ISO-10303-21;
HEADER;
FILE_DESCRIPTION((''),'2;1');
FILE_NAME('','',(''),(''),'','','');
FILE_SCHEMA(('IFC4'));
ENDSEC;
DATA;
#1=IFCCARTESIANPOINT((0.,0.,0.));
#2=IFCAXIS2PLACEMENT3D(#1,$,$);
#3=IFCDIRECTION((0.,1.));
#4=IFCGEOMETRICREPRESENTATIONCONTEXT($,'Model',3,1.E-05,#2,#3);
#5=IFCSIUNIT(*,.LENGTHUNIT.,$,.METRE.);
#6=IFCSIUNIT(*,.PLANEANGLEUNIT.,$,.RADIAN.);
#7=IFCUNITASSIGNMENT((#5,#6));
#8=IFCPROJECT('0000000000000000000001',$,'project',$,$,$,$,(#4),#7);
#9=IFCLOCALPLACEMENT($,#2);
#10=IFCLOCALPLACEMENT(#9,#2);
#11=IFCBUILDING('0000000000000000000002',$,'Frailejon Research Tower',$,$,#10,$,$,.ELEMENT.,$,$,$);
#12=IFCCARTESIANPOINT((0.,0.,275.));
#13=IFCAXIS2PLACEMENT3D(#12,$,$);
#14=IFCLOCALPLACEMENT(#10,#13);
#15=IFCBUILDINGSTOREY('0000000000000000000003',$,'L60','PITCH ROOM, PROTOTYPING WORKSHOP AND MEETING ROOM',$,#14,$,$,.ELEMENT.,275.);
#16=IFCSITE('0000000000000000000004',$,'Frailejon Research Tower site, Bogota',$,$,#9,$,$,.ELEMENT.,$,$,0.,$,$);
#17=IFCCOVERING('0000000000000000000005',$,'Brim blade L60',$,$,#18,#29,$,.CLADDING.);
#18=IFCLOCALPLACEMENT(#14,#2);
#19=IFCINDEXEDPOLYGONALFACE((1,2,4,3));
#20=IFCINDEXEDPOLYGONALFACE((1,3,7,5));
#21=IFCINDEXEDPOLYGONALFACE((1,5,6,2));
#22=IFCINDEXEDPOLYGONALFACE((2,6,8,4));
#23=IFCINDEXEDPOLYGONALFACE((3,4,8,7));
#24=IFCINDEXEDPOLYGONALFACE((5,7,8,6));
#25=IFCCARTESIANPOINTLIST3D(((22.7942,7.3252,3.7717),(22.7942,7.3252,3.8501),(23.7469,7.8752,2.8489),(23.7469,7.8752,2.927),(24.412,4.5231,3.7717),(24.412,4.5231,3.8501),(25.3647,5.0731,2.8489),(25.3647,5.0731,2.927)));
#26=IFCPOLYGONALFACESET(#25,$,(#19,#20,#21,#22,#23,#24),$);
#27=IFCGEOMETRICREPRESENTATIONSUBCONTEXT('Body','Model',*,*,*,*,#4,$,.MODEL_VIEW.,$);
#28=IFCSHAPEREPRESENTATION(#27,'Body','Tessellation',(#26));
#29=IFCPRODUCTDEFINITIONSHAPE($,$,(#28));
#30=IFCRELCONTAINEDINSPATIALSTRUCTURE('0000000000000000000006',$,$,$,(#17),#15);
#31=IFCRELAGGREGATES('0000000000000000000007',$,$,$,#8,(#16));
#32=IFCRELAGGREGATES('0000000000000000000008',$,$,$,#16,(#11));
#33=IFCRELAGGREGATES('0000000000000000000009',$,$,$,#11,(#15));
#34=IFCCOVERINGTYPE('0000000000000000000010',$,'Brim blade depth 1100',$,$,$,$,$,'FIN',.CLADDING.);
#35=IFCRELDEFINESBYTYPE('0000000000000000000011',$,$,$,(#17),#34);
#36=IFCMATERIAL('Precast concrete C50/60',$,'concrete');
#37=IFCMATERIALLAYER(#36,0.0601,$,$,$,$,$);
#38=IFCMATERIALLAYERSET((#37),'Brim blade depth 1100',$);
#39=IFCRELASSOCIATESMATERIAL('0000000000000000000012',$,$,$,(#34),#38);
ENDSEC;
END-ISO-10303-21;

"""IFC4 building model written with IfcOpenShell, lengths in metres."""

from ifc_helpers import new_model, si_unit, direction, frame, origin, place, context, subcontext, project, spatial, polyline, outline, extrude, material, layer, layer_set, type_object, element, save


model = new_model("IFC4")

# Units and contexts
model_context = context("Model", 3, precision=1e-05, world=origin(), true_north=direction((0.0, 1.0)))
body_context = subcontext(model_context, "Body", "Model", "MODEL_VIEW")
ifc_project = project(units=[si_unit("LENGTHUNIT", "METRE"), si_unit("PLANEANGLEUNIT", "RADIAN")], contexts=[model_context])

# Site, building, storey
site_placement = place(None, origin())
site = spatial("IfcSite", under=ifc_project, at=site_placement, Name="Frailejon Research Tower site, Bogota", CompositionType="ELEMENT", RefElevation=0.0)
building_placement = place(site_placement, origin())
building = spatial("IfcBuilding", under=site, at=building_placement, Name="Frailejon Research Tower", CompositionType="ELEMENT")
storey_placement = place(building_placement, frame((0.0, 0.0, 275.0)))
storey = spatial("IfcBuildingStorey", under=building, at=storey_placement, Name="L60", Description="PITCH ROOM, PROTOTYPING WORKSHOP AND MEETING ROOM", CompositionType="ELEMENT", Elevation=275.0)

# Covering
ifc_material_1 = material(Name="Precast concrete C50/60", Category="concrete")
ifc_layer_1 = layer(ifc_material_1, 0.0601)
ifc_layer_set_1 = layer_set([ifc_layer_1], Name="Brim blade depth 1100")
covering_type = type_object("IfcCoveringType", Name="Brim blade depth 1100", ElementType="FIN", PredefinedType="CLADDING", material=ifc_layer_set_1)
covering_1_placement = place(storey_placement, frame((22.7942, 7.3252, 3.8501), z_axis=(0.499992, -0.86603, 0.0), x_axis=(0.86603, 0.499992, 0.0)))
element("IfcCovering", 1, at=covering_1_placement, inside=storey, type_object=covering_type, Name="Brim blade L60", PredefinedType="CLADDING", context=body_context, shape_type="SweptSolid", body=[
    extrude(outline(polyline([(0.0, -0.0784), (1.1001, -1.0012), (1.1001, -0.9231), (0.0, 0.0), (0.0, -0.0784)])), origin(), (0.0, 0.0, 1.0), 3.2356),
])

save(model, "model.ifc")
